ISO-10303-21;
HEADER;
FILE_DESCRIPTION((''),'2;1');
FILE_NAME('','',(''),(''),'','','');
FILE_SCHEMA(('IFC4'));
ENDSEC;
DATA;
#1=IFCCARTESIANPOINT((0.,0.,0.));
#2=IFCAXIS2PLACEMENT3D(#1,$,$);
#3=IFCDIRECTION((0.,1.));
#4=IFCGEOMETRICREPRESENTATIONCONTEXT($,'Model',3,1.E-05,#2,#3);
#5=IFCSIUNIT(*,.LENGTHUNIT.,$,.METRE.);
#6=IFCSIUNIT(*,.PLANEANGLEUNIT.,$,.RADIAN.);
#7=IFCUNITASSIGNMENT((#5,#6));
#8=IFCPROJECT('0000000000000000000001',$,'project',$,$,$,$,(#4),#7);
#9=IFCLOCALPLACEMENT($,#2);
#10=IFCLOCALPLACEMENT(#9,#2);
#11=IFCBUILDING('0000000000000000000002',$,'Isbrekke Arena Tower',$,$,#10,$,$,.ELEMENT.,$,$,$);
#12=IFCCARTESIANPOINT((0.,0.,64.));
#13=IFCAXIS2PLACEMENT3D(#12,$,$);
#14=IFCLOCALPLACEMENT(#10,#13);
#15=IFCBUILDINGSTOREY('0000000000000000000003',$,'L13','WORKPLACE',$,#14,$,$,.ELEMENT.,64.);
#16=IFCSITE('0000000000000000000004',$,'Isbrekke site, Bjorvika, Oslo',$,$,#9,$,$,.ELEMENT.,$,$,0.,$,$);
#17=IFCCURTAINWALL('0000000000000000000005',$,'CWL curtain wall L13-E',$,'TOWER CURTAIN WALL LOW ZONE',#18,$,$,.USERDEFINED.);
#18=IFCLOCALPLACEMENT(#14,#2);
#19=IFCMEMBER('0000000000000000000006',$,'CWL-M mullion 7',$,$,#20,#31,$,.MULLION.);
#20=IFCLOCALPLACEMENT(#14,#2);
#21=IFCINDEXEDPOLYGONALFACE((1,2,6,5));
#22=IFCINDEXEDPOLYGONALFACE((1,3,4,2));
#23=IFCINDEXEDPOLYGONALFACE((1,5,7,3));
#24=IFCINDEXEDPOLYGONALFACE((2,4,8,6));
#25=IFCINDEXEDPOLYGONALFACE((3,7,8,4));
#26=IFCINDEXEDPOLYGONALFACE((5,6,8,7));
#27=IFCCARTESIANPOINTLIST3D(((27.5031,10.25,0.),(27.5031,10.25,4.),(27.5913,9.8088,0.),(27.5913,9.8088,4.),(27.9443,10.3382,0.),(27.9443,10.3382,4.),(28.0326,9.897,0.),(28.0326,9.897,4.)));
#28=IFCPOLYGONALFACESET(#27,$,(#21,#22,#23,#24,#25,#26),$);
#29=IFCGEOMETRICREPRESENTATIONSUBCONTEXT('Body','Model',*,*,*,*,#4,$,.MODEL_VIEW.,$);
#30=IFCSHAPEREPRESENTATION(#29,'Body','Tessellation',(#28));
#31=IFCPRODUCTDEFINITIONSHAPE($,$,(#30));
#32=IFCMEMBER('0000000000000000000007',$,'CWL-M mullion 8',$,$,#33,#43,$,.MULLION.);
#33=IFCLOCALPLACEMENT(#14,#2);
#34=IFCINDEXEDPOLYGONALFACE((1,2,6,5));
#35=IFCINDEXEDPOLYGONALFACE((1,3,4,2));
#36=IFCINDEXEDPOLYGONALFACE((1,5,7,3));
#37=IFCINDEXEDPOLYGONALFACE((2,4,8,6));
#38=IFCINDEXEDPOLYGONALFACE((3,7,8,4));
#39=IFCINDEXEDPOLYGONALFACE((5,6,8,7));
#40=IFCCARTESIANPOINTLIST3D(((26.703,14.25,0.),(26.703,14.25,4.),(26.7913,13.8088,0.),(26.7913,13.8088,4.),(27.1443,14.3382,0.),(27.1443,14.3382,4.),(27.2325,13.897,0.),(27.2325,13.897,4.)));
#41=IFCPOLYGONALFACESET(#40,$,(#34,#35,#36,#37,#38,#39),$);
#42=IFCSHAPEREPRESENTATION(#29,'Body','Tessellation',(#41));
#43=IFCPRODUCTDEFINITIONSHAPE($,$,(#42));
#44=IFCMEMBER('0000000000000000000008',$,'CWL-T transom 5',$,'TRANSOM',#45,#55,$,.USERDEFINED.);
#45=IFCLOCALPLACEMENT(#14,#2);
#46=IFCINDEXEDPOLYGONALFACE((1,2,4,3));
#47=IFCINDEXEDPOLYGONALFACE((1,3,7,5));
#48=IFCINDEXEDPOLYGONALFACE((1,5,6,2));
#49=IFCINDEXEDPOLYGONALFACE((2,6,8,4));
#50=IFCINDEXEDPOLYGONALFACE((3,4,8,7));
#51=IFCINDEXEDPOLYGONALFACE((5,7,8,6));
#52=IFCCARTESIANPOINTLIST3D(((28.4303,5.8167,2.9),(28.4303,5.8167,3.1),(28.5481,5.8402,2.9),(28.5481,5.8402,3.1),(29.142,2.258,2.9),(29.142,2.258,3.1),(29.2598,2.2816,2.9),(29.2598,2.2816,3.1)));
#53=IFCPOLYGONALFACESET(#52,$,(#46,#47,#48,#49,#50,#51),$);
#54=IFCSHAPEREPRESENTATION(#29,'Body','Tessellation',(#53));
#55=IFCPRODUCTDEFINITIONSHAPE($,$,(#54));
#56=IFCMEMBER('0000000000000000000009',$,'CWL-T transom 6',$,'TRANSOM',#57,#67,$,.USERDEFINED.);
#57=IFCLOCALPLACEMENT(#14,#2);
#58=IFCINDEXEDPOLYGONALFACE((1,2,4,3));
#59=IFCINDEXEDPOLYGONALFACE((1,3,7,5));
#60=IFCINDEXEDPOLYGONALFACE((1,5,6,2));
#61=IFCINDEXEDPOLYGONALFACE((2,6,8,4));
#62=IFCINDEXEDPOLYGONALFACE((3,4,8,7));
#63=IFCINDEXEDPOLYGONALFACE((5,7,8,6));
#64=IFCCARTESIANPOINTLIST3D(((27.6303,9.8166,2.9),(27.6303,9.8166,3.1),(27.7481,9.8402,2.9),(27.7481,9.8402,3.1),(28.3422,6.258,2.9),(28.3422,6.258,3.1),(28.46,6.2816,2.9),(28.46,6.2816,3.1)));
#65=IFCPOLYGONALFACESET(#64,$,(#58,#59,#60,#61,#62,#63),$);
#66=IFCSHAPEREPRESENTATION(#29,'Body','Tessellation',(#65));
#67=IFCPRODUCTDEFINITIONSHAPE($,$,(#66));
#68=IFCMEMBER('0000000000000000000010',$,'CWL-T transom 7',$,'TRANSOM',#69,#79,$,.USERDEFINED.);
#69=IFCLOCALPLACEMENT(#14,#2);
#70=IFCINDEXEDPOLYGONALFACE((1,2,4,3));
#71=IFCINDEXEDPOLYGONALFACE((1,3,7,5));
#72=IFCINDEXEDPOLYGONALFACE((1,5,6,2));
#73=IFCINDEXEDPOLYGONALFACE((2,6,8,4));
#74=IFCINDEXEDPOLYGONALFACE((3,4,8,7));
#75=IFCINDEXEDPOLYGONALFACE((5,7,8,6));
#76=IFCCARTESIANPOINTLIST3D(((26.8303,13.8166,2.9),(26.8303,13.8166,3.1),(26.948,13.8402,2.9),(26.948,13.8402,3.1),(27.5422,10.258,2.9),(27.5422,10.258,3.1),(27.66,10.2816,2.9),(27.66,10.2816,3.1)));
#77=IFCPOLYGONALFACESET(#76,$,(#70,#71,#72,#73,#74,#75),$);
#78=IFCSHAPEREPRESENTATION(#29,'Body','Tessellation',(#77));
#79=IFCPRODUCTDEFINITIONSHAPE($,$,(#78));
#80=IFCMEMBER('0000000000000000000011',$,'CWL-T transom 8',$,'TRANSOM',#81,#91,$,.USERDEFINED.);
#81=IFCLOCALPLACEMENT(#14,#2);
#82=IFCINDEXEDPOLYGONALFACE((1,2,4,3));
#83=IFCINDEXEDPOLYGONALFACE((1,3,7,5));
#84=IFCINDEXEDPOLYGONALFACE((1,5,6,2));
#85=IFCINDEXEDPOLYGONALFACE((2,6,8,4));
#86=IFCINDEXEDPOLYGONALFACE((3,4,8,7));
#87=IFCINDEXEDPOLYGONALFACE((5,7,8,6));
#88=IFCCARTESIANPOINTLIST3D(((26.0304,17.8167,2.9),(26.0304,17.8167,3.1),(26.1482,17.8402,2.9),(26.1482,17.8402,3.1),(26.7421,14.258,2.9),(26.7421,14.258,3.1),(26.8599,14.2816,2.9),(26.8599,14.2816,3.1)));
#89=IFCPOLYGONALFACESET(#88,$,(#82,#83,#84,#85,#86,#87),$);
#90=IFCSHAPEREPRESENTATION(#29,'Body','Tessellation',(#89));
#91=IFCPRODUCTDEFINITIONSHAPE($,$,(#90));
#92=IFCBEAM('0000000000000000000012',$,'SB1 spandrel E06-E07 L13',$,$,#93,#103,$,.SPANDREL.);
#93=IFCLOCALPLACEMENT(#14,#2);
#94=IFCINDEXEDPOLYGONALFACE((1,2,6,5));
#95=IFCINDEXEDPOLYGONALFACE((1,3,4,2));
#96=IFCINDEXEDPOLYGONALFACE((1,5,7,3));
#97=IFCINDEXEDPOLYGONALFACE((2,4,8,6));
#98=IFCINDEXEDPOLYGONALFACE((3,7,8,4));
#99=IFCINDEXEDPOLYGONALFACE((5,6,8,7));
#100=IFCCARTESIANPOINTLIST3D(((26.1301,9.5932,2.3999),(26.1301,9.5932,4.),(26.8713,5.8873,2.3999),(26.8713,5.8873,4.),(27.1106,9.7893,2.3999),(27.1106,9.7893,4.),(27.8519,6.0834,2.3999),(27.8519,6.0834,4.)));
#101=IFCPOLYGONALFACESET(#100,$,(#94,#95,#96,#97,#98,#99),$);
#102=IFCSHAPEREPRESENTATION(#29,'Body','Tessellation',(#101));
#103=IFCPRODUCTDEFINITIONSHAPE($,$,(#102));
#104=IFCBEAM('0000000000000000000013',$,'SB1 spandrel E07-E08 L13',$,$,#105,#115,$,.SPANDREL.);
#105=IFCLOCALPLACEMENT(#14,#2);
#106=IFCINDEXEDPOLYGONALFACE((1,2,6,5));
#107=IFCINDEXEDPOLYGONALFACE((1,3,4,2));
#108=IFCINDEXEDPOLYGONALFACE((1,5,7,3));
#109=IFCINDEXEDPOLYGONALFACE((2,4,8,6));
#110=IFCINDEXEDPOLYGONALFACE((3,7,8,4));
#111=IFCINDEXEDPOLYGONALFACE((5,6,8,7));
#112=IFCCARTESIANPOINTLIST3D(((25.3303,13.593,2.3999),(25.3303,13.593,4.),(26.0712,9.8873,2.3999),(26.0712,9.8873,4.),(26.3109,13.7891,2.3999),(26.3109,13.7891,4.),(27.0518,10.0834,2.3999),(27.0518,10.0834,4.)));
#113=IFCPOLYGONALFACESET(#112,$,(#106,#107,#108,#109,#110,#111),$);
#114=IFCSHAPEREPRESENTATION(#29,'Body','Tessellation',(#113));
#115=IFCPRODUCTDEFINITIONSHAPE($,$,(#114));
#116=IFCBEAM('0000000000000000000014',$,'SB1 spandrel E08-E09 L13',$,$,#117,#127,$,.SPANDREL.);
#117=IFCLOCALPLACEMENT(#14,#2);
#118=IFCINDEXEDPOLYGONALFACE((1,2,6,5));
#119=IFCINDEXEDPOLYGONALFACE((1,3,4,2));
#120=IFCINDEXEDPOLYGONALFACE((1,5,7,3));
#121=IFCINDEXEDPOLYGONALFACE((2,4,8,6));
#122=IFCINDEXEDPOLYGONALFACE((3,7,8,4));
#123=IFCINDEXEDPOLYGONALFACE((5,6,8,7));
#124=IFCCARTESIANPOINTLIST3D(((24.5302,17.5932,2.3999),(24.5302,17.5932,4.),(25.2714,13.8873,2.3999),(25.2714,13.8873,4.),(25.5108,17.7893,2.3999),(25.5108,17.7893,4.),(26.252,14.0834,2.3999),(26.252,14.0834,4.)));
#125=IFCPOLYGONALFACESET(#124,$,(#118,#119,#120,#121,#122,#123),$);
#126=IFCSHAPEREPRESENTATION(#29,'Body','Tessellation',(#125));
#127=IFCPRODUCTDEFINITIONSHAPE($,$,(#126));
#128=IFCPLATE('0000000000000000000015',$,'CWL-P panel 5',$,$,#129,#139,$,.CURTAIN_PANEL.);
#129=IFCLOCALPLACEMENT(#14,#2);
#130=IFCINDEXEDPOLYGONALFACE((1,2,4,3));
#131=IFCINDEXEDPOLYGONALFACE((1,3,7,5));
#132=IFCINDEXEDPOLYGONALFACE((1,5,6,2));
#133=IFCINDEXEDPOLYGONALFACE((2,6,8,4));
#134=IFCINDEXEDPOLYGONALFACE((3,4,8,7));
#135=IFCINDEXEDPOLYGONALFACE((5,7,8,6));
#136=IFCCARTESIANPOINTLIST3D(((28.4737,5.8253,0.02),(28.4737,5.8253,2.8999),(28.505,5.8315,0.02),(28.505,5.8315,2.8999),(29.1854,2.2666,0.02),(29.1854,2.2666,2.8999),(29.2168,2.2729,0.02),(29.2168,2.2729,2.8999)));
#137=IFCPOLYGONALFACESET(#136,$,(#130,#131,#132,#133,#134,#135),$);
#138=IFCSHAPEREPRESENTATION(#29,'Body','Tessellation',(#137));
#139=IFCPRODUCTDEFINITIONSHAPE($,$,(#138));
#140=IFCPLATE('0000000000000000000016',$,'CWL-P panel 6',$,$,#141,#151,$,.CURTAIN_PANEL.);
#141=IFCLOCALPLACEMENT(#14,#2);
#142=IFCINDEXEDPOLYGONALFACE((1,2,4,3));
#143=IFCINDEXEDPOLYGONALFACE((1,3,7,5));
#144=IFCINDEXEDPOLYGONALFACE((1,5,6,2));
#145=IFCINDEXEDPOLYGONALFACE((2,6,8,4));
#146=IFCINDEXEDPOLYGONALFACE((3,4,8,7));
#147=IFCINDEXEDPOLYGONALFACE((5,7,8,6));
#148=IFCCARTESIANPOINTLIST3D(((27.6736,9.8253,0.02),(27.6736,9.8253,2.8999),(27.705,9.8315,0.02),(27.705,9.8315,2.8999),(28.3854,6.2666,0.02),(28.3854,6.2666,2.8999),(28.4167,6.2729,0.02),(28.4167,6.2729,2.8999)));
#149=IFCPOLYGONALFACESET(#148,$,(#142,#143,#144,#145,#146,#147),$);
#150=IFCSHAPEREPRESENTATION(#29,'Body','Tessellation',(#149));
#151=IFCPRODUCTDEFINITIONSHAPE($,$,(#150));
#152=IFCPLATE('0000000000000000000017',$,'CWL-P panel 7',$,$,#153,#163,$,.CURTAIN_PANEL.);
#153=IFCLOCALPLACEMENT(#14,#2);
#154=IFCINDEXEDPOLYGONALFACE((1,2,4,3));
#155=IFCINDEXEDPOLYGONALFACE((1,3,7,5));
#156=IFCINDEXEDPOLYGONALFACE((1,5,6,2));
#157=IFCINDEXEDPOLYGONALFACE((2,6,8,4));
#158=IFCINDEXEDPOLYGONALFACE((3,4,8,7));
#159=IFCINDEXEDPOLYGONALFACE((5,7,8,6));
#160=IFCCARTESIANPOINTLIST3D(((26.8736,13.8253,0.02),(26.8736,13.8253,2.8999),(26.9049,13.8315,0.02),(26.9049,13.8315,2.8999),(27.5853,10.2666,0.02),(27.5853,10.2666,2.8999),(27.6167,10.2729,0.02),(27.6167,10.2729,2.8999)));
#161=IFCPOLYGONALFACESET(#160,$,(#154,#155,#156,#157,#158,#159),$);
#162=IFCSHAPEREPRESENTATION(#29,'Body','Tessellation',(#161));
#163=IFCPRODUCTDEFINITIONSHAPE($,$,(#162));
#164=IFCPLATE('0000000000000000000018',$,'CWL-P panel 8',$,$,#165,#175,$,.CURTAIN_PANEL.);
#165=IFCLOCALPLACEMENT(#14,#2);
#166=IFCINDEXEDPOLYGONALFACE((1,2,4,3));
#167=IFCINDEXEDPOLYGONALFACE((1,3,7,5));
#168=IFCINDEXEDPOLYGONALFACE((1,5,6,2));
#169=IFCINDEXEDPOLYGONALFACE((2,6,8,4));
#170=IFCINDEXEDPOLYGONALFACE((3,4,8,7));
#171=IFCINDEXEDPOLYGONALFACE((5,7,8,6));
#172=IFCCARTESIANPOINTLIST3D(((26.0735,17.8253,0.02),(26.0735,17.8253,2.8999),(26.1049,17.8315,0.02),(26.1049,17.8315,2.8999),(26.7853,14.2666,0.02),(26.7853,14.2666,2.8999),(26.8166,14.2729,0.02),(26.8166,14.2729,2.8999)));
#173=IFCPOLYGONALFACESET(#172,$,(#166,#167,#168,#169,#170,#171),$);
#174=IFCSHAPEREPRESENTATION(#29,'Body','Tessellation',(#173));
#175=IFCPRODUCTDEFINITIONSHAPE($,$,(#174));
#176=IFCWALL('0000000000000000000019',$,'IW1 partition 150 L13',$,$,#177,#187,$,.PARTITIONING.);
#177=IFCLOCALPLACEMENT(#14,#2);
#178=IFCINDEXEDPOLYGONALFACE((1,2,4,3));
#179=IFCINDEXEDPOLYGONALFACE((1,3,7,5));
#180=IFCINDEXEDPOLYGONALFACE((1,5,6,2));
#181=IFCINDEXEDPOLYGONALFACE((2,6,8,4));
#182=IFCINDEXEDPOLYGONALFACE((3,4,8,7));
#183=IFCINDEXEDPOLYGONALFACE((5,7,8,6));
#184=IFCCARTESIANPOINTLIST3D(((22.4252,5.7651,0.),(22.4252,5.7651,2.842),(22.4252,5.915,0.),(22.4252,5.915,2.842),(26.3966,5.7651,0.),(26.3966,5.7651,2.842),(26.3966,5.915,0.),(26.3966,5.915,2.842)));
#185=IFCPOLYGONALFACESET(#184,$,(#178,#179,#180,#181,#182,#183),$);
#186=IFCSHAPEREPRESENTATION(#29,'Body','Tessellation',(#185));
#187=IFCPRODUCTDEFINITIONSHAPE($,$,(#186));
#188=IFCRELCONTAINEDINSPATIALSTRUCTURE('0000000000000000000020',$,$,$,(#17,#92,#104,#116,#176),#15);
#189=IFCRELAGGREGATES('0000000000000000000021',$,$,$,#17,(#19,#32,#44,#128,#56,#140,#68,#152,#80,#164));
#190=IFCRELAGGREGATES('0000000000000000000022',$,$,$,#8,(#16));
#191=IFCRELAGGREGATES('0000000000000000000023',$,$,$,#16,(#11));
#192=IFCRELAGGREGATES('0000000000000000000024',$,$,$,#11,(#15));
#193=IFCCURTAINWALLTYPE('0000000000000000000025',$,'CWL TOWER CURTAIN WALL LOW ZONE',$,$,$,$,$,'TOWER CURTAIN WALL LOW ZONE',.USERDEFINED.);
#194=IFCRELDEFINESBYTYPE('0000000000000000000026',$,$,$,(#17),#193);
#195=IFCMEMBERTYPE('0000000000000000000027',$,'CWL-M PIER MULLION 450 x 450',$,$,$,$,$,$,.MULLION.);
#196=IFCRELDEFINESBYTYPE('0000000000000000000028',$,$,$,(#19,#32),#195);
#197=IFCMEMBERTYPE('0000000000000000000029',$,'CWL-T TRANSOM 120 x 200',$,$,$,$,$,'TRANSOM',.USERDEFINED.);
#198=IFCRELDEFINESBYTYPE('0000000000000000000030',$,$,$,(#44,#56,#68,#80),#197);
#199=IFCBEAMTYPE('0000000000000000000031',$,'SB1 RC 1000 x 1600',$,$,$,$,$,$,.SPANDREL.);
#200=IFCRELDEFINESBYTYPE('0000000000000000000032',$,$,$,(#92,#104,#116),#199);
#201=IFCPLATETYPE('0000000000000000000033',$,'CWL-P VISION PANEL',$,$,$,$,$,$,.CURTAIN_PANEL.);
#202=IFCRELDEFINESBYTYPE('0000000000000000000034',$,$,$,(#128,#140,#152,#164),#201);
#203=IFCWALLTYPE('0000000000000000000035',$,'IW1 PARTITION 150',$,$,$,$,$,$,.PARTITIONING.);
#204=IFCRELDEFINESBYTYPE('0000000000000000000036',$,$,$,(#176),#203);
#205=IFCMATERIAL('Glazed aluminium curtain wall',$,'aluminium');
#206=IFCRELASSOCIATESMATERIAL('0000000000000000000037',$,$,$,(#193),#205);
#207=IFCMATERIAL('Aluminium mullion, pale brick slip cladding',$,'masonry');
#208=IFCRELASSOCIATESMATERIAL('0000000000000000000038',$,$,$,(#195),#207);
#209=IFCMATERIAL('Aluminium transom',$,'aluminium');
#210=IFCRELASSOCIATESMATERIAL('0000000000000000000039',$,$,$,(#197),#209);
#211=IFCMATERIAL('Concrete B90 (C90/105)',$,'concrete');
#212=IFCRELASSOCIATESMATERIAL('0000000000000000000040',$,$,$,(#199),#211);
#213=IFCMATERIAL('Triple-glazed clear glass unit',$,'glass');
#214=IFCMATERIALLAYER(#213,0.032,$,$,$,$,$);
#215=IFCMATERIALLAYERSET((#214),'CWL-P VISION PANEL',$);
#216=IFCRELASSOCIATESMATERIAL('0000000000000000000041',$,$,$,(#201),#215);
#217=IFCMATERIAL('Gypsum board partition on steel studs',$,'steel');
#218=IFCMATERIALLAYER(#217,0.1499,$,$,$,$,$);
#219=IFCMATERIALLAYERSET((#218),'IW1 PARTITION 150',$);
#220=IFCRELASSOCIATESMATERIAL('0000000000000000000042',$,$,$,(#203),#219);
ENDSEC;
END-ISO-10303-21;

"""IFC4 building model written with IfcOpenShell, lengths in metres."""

from ifc_helpers import new_model, si_unit, direction, frame, frame_2d, origin, origin_2d, place, context, subcontext, project, spatial, rectangle, extrude, material, layer, layer_set, material_profile, profile_set, type_object, element, aggregate, save


model = new_model("IFC4")

# Units and contexts
model_context = context("Model", 3, precision=1e-05, world=origin(), true_north=direction((0.0, 1.0)))
body_context = subcontext(model_context, "Body", "Model", "MODEL_VIEW")
ifc_project = project(units=[si_unit("LENGTHUNIT", "METRE"), si_unit("PLANEANGLEUNIT", "RADIAN")], contexts=[model_context])

# Site, building, storey
site_placement = place(None, origin())
site = spatial("IfcSite", under=ifc_project, at=site_placement, Name="Isbrekke site, Bjorvika, Oslo", CompositionType="ELEMENT", RefElevation=0.0)
building_placement = place(site_placement, origin())
building = spatial("IfcBuilding", under=site, at=building_placement, Name="Isbrekke Arena Tower", CompositionType="ELEMENT")
storey_placement = place(building_placement, frame((0.0, 0.0, 64.0)))
storey = spatial("IfcBuildingStorey", under=building, at=storey_placement, Name="L13", Description="WORKPLACE", CompositionType="ELEMENT", Elevation=64.0)

# Curtain wall, members
ifc_material_1 = material(Name="Glazed aluminium curtain wall", Category="aluminium")
curtain_wall_type = type_object("IfcCurtainWallType", Name="CWL TOWER CURTAIN WALL LOW ZONE", ElementType="TOWER CURTAIN WALL LOW ZONE", PredefinedType="USERDEFINED", material=ifc_material_1)
curtain_wall_placement = place(storey_placement, origin())
curtain_wall = element("IfcCurtainWall", 1, at=curtain_wall_placement, inside=storey, type_object=curtain_wall_type, Name="CWL curtain wall L13-E", ObjectType="TOWER CURTAIN WALL LOW ZONE", PredefinedType="USERDEFINED")
ifc_material_2 = material(Name="Aluminium mullion, pale brick slip cladding", Category="masonry")
ifc_material_profile_1 = material_profile(ifc_material_2, rectangle(XDim=0.45, YDim=0.45, at=origin_2d()), Name="PIER 450X450")
ifc_profile_set_1 = profile_set([ifc_material_profile_1], Name="Aluminium mullion, pale brick slip cladding")
member_type_1 = type_object("IfcMemberType", Name="CWL-M PIER MULLION 450 x 450", PredefinedType="MULLION", material=ifc_profile_set_1)
member_1_placement = place(storey_placement, frame((27.7678, 10.0735, 0.0), z_axis=(0.0, 0.0, 1.0), x_axis=(-0.196116, 0.980581, 0.0)))
member_1 = element("IfcMember", 2, at=member_1_placement, type_object=member_type_1, Name="CWL-M mullion 7", PredefinedType="MULLION", context=body_context, shape_type="SweptSolid", body=[
    extrude(rectangle(XDim=0.45, YDim=0.45, at=origin_2d()), origin(), (0.0, 0.0, 1.0), 4.0),
])
member_2_placement = place(storey_placement, frame((26.9678, 14.0735, 0.0), z_axis=(0.0, 0.0, 1.0), x_axis=(-0.196116, 0.980581, 0.0)))
member_2 = element("IfcMember", 3, at=member_2_placement, type_object=member_type_1, Name="CWL-M mullion 8", PredefinedType="MULLION", context=body_context, shape_type="SweptSolid", body=[
    extrude(rectangle(XDim=0.45, YDim=0.45, at=origin_2d()), origin(), (0.0, 0.0, 1.0), 4.0),
])
ifc_material_3 = material(Name="Aluminium transom", Category="aluminium")
ifc_material_profile_2 = material_profile(ifc_material_3, rectangle(XDim=0.1201, YDim=0.2, at=origin_2d()), Name="TRANSOM 120X200")
ifc_profile_set_2 = profile_set([ifc_material_profile_2], Name="Aluminium transom")
member_type_2 = type_object("IfcMemberType", Name="CWL-T TRANSOM 120 x 200", ElementType="TRANSOM", PredefinedType="USERDEFINED", material=ifc_profile_set_2)
member_3_placement = place(storey_placement, frame((29.2009, 2.2698, 3.0), z_axis=(-0.196103, 0.980583, 0.0), x_axis=(-0.980583, -0.196103, 0.0)))
member_3 = element("IfcMember", 4, at=member_3_placement, type_object=member_type_2, Name="CWL-T transom 5", ObjectType="TRANSOM", PredefinedType="USERDEFINED", context=body_context, shape_type="SweptSolid", body=[
    extrude(rectangle(XDim=0.1201, YDim=0.2, at=origin_2d()), origin(), (0.0, 0.0, 1.0), 3.6292),
])
member_4_placement = place(storey_placement, frame((28.4011, 6.2698, 3.0), z_axis=(-0.196168, 0.98057, 0.0), x_axis=(-0.98057, -0.196168, 0.0)))
member_4 = element("IfcMember", 5, at=member_4_placement, type_object=member_type_2, Name="CWL-T transom 6", ObjectType="TRANSOM", PredefinedType="USERDEFINED", context=body_context, shape_type="SweptSolid", body=[
    extrude(rectangle(XDim=0.1201, YDim=0.2, at=origin_2d()), origin(), (0.0, 0.0, 1.0), 3.6292),
])
member_5_placement = place(storey_placement, frame((27.6011, 10.2698, 3.0), z_axis=(-0.196168, 0.98057, 0.0), x_axis=(-0.98057, -0.196168, 0.0)))
member_5 = element("IfcMember", 6, at=member_5_placement, type_object=member_type_2, Name="CWL-T transom 7", ObjectType="TRANSOM", PredefinedType="USERDEFINED", context=body_context, shape_type="SweptSolid", body=[
    extrude(rectangle(XDim=0.1201, YDim=0.2, at=origin_2d()), origin(), (0.0, 0.0, 1.0), 3.6292),
])
member_6_placement = place(storey_placement, frame((26.801, 14.2698, 3.0), z_axis=(-0.196103, 0.980583, 0.0), x_axis=(-0.980583, -0.196103, 0.0)))
member_6 = element("IfcMember", 7, at=member_6_placement, type_object=member_type_2, Name="CWL-T transom 8", ObjectType="TRANSOM", PredefinedType="USERDEFINED", context=body_context, shape_type="SweptSolid", body=[
    extrude(rectangle(XDim=0.1201, YDim=0.2, at=origin_2d()), origin(), (0.0, 0.0, 1.0), 3.6292),
])

# Beams
ifc_material_4 = material(Name="Concrete B90 (C90/105)", Category="concrete")
ifc_material_profile_3 = material_profile(ifc_material_4, rectangle(XDim=1.0, YDim=1.6001, at=origin_2d()), Name="RC 1000x1600")
ifc_profile_set_3 = profile_set([ifc_material_profile_3], Name="Concrete B90 (C90/105)")
beam_type_1 = type_object("IfcBeamType", Name="SB1 RC 1000 x 1600", PredefinedType="SPANDREL", material=ifc_profile_set_3)
beam_1_placement = place(storey_placement, frame((27.3616, 5.9854, 3.2), z_axis=(-0.196129, 0.980578, 0.0), x_axis=(-0.980578, -0.196129, 0.0)))
element("IfcBeam", 8, at=beam_1_placement, inside=storey, type_object=beam_type_1, Name="SB1 spandrel E06-E07 L13", PredefinedType="SPANDREL", context=body_context, shape_type="SweptSolid", body=[
    extrude(rectangle(XDim=1.0, YDim=1.6001, at=origin_2d()), origin(), (0.0, 0.0, 1.0), 3.7793),
])
beam_2_placement = place(storey_placement, frame((26.5615, 9.9854, 3.2), z_axis=(-0.196066, 0.980591, 0.0), x_axis=(-0.980591, -0.196066, 0.0)))
element("IfcBeam", 9, at=beam_2_placement, inside=storey, type_object=beam_type_1, Name="SB1 spandrel E07-E08 L13", PredefinedType="SPANDREL", context=body_context, shape_type="SweptSolid", body=[
    extrude(rectangle(XDim=1.0, YDim=1.6001, at=origin_2d()), origin(), (0.0, 0.0, 1.0), 3.7791),
])
beam_3_placement = place(storey_placement, frame((25.7617, 13.9854, 3.2), z_axis=(-0.196129, 0.980578, 0.0), x_axis=(-0.980578, -0.196129, 0.0)))
element("IfcBeam", 10, at=beam_3_placement, inside=storey, type_object=beam_type_1, Name="SB1 spandrel E08-E09 L13", PredefinedType="SPANDREL", context=body_context, shape_type="SweptSolid", body=[
    extrude(rectangle(XDim=1.0, YDim=1.6001, at=origin_2d()), origin(), (0.0, 0.0, 1.0), 3.7793),
])

# Plates
ifc_material_5 = material(Name="Triple-glazed clear glass unit", Category="glass")
ifc_layer_1 = layer(ifc_material_5, 0.032)
ifc_layer_set_1 = layer_set([ifc_layer_1], Name="CWL-P VISION PANEL")
plate_type = type_object("IfcPlateType", Name="CWL-P VISION PANEL", PredefinedType="CURTAIN_PANEL", material=ifc_layer_set_1)
plate_1_placement = place(storey_placement, frame((28.8452, 4.0491, 0.02), z_axis=(0.0, 0.0, 1.0), x_axis=(-0.196116, 0.980581, 0.0)))
plate_1 = element("IfcPlate", 11, at=plate_1_placement, type_object=plate_type, Name="CWL-P panel 5", PredefinedType="CURTAIN_PANEL", context=body_context, shape_type="SweptSolid", body=[
    extrude(rectangle(XDim=3.6292, YDim=0.032, at=origin_2d()), origin(), (0.0, 0.0, 1.0), 2.8799),
])
plate_2_placement = place(storey_placement, frame((28.0452, 8.0491, 0.02), z_axis=(0.0, 0.0, 1.0), x_axis=(-0.196116, 0.980581, 0.0)))
plate_2 = element("IfcPlate", 12, at=plate_2_placement, type_object=plate_type, Name="CWL-P panel 6", PredefinedType="CURTAIN_PANEL", context=body_context, shape_type="SweptSolid", body=[
    extrude(rectangle(XDim=3.6292, YDim=0.032, at=origin_2d()), origin(), (0.0, 0.0, 1.0), 2.8799),
])
plate_3_placement = place(storey_placement, frame((27.2451, 12.0491, 0.02), z_axis=(0.0, 0.0, 1.0), x_axis=(-0.196116, 0.980581, 0.0)))
plate_3 = element("IfcPlate", 13, at=plate_3_placement, type_object=plate_type, Name="CWL-P panel 7", PredefinedType="CURTAIN_PANEL", context=body_context, shape_type="SweptSolid", body=[
    extrude(rectangle(XDim=3.6292, YDim=0.032, at=origin_2d()), origin(), (0.0, 0.0, 1.0), 2.8799),
])
plate_4_placement = place(storey_placement, frame((26.4451, 16.0491, 0.02), z_axis=(0.0, 0.0, 1.0), x_axis=(-0.196116, 0.980581, 0.0)))
plate_4 = element("IfcPlate", 14, at=plate_4_placement, type_object=plate_type, Name="CWL-P panel 8", PredefinedType="CURTAIN_PANEL", context=body_context, shape_type="SweptSolid", body=[
    extrude(rectangle(XDim=3.6292, YDim=0.032, at=origin_2d()), origin(), (0.0, 0.0, 1.0), 2.8799),
])
aggregate(curtain_wall, [member_1, member_2, member_3, plate_1, member_4, plate_2, member_5, plate_3, member_6, plate_4])

# Wall
ifc_material_6 = material(Name="Gypsum board partition on steel studs", Category="steel")
ifc_layer_2 = layer(ifc_material_6, 0.1499)
ifc_layer_set_2 = layer_set([ifc_layer_2], Name="IW1 PARTITION 150")
wall_type = type_object("IfcWallType", Name="IW1 PARTITION 150", PredefinedType="PARTITIONING", material=ifc_layer_set_2)
wall_1_placement = place(storey_placement, frame((22.425, 5.8401, 0.0), z_axis=(0.0, 0.0, 1.0), x_axis=(1.0, 0.0, 0.0)))
element("IfcWall", 15, at=wall_1_placement, inside=storey, type_object=wall_type, Name="IW1 partition 150 L13", PredefinedType="PARTITIONING", context=body_context, shape_type="SweptSolid", body=[
    extrude(rectangle(XDim=3.9714, YDim=0.1499, at=frame_2d((1.9858, 0.0))), origin(), (0.0, 0.0, 1.0), 2.842),
])

save(model, "model.ifc")
